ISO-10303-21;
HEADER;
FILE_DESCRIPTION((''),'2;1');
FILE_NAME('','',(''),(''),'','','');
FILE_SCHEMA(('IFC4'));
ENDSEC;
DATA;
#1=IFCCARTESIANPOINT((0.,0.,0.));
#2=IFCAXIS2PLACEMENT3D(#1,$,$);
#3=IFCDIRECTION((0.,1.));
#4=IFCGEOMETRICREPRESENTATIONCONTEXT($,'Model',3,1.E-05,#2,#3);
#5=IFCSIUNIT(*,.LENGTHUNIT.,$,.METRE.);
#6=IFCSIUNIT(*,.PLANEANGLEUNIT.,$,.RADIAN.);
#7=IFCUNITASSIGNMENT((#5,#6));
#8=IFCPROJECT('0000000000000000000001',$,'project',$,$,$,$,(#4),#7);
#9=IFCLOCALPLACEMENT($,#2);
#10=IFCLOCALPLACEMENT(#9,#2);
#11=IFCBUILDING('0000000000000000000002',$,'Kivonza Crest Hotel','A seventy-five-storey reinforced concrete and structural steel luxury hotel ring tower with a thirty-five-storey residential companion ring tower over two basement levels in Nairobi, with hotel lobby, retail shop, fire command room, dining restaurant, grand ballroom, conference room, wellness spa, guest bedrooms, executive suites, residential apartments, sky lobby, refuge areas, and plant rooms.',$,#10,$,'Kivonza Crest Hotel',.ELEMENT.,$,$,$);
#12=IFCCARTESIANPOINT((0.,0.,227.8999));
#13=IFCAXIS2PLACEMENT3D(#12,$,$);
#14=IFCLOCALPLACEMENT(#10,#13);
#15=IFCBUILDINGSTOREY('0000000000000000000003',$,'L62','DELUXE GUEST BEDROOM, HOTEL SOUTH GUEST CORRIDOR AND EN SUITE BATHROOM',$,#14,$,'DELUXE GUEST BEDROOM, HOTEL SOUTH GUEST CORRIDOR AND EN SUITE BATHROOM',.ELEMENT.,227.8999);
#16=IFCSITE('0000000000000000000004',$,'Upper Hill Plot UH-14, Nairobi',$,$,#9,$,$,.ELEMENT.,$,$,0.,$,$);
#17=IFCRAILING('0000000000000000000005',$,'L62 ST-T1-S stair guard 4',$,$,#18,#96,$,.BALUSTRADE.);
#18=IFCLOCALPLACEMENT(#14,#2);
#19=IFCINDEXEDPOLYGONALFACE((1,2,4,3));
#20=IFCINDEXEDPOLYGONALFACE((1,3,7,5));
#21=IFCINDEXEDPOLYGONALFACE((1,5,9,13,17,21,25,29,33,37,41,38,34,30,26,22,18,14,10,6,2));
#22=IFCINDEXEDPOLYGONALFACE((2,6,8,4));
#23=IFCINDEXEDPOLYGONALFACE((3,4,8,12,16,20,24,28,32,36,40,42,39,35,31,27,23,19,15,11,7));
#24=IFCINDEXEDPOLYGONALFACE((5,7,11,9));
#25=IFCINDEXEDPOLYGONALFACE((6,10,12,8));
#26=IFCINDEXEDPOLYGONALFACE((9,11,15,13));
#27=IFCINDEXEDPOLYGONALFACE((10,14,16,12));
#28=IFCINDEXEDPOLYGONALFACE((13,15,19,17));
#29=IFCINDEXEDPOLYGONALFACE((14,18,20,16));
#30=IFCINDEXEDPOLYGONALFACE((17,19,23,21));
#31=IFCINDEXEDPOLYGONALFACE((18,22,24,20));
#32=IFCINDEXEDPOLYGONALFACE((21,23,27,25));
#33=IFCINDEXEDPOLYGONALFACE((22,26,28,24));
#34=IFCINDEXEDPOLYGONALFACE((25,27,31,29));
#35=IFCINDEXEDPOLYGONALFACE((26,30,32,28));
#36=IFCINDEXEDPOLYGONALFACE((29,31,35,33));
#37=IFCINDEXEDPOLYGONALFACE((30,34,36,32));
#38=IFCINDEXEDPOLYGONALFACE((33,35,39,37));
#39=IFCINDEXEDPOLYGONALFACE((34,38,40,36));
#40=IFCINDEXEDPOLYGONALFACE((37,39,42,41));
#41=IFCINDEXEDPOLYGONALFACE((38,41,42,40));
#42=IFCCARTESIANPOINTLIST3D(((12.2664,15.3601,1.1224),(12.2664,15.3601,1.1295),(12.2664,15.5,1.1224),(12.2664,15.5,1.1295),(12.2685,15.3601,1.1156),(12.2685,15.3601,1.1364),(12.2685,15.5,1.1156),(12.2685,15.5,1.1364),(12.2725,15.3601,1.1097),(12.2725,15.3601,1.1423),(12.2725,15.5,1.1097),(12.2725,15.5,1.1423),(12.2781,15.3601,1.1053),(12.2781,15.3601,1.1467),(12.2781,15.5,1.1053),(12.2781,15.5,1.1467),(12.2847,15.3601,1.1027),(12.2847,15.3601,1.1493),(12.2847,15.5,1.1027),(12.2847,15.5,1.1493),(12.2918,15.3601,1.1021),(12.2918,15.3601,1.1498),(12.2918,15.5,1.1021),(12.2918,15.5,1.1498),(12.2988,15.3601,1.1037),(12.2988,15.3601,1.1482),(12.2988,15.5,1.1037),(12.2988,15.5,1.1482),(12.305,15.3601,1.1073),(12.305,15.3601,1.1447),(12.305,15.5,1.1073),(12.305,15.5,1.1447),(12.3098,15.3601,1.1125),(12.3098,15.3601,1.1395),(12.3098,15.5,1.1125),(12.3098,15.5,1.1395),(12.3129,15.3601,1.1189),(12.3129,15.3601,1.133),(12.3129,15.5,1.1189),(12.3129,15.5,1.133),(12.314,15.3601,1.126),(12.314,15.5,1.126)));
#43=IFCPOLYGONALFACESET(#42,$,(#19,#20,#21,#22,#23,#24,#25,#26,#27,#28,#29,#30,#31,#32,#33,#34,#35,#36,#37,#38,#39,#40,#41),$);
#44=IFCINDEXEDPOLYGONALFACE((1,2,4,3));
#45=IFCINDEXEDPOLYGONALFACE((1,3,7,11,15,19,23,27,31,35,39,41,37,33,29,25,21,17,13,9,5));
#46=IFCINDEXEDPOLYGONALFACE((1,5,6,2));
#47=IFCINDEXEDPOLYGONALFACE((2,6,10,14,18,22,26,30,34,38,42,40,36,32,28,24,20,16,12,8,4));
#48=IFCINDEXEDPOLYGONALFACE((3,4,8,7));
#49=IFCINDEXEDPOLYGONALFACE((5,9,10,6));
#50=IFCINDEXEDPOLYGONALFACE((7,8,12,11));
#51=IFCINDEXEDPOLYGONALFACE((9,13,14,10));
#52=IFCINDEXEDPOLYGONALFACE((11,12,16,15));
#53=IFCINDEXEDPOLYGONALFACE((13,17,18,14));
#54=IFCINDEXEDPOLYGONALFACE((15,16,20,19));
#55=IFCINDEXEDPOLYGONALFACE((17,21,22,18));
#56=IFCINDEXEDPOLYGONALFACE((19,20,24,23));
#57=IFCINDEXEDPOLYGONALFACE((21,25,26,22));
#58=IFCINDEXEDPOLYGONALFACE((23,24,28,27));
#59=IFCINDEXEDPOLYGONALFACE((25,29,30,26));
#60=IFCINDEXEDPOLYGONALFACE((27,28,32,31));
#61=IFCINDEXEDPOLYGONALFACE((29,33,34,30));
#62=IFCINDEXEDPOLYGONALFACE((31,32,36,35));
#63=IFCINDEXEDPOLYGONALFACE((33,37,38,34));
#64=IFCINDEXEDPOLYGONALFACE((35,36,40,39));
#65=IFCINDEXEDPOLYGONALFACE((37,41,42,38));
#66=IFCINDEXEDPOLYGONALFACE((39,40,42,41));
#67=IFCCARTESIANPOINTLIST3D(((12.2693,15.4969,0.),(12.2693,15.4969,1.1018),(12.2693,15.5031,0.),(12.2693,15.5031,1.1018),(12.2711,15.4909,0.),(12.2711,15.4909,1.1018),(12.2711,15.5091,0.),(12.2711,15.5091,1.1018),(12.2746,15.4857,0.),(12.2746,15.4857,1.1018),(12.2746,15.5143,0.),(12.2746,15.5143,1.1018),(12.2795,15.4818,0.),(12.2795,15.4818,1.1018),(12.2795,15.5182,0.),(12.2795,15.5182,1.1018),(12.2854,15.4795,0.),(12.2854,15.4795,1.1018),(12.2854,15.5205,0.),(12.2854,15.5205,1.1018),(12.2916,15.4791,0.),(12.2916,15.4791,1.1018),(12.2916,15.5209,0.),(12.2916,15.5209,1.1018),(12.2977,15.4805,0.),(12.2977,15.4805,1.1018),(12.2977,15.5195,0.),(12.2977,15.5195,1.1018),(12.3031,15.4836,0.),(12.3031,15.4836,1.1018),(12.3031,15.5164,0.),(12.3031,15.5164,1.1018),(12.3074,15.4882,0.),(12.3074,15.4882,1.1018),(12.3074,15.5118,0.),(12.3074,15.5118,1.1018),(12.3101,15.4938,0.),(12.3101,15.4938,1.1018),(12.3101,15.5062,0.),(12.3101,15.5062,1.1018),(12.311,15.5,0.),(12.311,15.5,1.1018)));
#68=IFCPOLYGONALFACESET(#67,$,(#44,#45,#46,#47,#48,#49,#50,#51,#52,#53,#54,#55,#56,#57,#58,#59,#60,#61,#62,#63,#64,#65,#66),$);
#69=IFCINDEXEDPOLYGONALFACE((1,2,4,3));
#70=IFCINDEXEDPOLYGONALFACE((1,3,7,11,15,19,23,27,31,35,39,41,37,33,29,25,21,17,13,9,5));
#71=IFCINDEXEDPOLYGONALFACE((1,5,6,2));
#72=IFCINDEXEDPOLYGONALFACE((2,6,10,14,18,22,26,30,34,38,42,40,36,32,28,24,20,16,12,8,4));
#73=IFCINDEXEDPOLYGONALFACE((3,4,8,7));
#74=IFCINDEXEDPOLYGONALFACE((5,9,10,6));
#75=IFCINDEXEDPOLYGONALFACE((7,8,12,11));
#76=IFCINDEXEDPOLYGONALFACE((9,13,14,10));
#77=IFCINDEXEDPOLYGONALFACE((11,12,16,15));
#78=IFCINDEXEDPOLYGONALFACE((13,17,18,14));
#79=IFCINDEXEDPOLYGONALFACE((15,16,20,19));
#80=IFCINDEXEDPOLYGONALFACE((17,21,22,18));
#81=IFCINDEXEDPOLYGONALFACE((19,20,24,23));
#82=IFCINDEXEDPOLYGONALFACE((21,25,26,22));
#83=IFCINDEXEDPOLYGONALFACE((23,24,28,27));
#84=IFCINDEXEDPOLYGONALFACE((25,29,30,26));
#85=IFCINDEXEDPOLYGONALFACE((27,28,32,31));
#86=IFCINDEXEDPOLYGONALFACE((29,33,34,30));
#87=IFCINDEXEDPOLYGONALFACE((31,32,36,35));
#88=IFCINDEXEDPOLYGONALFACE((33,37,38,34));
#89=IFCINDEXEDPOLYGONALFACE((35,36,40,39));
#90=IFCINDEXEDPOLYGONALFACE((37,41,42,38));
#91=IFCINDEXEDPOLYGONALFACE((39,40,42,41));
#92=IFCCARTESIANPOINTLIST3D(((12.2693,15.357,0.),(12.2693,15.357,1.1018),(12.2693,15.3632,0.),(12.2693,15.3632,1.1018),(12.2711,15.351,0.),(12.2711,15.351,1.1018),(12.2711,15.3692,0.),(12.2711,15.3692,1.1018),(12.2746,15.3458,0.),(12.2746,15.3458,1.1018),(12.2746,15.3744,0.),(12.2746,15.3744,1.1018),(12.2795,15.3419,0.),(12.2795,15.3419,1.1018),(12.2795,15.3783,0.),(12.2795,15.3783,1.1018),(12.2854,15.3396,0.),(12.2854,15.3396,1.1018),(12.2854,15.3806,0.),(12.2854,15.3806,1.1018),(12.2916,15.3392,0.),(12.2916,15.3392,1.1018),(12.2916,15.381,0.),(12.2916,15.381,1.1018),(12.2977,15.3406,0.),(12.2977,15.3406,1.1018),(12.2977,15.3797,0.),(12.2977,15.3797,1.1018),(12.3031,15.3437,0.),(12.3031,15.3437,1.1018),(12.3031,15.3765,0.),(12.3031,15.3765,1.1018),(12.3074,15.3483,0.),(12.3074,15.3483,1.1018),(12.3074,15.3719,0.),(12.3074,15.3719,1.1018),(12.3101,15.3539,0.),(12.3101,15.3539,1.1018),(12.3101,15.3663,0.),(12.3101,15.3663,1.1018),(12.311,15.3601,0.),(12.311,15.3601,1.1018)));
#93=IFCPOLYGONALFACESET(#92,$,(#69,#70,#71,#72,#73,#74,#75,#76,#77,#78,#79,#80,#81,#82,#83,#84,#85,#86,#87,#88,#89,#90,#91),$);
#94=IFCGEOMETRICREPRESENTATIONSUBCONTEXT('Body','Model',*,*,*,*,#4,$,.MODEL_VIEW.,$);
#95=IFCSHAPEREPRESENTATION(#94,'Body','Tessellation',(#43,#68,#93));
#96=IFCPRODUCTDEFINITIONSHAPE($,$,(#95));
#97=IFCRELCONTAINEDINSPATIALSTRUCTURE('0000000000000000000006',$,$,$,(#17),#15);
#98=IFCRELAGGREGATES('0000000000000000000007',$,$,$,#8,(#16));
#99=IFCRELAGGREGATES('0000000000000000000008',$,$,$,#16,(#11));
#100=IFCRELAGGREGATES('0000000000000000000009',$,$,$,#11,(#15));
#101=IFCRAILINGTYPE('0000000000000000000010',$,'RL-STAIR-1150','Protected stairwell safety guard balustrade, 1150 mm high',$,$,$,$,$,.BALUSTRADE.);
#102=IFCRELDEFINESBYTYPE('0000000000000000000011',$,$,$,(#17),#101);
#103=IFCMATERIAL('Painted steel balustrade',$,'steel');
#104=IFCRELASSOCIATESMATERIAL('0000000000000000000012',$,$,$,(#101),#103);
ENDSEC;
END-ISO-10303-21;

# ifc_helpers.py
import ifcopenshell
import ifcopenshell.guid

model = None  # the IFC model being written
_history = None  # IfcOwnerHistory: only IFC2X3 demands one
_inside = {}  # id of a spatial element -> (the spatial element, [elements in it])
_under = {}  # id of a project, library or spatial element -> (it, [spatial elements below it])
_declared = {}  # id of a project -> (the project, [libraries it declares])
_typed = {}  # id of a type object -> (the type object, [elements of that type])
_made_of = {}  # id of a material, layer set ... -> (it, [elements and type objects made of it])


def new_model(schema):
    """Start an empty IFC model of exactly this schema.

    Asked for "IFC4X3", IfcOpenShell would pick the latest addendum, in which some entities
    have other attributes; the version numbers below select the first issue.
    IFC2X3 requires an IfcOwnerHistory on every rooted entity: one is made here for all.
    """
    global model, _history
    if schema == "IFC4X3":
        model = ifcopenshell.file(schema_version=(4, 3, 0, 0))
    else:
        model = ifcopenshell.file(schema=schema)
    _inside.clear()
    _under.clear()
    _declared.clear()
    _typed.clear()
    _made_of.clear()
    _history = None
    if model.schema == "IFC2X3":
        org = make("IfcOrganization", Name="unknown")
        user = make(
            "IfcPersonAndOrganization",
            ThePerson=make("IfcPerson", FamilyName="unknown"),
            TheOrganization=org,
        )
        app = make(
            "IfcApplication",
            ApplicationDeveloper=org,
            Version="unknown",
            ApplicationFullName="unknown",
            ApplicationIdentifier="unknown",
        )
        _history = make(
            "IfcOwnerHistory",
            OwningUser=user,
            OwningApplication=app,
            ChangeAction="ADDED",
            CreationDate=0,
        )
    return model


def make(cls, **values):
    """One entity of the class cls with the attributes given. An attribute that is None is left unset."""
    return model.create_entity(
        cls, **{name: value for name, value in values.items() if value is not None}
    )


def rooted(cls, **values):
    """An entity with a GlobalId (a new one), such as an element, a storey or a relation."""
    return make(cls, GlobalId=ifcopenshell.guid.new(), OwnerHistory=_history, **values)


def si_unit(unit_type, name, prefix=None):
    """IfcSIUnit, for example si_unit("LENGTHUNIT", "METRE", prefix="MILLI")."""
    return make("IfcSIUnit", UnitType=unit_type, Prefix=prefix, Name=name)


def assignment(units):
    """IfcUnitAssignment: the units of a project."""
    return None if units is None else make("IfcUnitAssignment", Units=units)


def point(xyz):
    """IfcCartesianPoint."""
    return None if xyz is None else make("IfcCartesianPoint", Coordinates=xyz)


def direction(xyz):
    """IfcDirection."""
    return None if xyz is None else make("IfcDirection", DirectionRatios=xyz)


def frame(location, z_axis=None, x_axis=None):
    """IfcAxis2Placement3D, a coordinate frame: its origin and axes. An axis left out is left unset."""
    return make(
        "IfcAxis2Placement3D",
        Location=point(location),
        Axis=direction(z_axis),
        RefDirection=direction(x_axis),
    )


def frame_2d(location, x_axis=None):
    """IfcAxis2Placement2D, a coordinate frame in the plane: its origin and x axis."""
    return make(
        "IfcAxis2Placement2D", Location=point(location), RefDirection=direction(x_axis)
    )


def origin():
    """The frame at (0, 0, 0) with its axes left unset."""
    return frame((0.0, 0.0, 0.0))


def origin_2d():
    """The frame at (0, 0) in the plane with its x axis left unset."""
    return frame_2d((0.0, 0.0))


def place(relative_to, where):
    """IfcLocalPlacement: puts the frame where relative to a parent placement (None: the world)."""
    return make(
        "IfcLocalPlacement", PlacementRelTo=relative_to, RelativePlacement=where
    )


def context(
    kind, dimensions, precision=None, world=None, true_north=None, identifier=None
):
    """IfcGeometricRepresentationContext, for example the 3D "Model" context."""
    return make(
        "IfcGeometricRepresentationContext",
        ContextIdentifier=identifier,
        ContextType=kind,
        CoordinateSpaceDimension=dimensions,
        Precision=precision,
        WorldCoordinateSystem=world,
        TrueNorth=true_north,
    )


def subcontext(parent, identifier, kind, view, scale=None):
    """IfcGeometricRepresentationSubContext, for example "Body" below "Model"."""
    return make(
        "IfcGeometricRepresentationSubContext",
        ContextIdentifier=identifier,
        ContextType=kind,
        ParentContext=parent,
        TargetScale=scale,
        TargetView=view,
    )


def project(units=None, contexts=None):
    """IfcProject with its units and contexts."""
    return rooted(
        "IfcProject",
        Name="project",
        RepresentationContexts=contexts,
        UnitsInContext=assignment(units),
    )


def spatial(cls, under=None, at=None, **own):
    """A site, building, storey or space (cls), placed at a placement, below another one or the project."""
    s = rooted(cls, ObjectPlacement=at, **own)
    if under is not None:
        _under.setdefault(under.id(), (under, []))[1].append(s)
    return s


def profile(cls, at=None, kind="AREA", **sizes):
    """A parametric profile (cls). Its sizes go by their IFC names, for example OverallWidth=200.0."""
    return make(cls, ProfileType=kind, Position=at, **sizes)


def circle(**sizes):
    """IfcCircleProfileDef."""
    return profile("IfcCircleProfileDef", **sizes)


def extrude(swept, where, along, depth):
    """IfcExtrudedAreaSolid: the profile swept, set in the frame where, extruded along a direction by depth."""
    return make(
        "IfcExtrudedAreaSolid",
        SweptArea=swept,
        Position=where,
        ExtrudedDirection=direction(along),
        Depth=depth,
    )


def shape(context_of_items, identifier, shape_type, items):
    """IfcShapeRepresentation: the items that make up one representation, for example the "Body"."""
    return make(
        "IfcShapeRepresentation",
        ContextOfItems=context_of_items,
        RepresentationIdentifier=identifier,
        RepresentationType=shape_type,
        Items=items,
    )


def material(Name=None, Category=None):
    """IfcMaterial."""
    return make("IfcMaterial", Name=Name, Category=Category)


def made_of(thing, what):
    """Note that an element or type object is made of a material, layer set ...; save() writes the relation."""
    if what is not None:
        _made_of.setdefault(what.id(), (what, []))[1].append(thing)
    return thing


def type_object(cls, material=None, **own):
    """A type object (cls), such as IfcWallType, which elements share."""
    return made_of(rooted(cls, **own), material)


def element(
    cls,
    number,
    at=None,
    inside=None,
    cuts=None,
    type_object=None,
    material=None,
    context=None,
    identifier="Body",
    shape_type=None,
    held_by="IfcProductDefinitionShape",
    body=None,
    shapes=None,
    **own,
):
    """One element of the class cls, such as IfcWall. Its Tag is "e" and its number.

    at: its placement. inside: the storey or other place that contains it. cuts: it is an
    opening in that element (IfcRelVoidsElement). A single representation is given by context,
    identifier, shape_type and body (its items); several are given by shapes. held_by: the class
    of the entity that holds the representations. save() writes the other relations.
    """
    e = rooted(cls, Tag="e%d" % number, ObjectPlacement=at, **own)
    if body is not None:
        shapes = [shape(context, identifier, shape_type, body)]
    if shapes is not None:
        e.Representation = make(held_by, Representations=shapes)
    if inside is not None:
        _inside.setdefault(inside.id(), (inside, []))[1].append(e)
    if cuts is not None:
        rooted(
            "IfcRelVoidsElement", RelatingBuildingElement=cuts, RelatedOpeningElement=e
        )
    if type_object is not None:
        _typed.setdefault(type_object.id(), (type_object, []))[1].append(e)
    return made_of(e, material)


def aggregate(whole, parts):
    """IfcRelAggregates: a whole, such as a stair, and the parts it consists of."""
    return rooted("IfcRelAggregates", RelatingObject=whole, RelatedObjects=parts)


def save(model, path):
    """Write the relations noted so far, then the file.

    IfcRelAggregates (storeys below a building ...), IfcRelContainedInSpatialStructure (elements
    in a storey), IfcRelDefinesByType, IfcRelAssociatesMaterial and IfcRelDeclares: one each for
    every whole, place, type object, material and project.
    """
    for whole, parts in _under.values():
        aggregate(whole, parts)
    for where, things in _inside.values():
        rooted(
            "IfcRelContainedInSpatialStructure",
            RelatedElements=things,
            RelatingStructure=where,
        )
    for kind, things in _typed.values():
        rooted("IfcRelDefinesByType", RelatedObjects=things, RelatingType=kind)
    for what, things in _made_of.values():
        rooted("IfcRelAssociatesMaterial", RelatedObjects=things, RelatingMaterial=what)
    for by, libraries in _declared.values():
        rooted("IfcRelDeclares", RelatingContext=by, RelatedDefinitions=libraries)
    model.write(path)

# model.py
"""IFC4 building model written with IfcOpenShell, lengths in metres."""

from ifc_helpers import new_model, si_unit, direction, frame, origin, origin_2d, place, context, subcontext, project, spatial, circle, extrude, material, type_object, element, save


model = new_model("IFC4")

# Units and contexts
model_context = context("Model", 3, precision=1e-05, world=origin(), true_north=direction((0.0, 1.0)))
body_context = subcontext(model_context, "Body", "Model", "MODEL_VIEW")
ifc_project = project(units=[si_unit("LENGTHUNIT", "METRE"), si_unit("PLANEANGLEUNIT", "RADIAN")], contexts=[model_context])

# Site, building, storey
site_placement = place(None, origin())
site = spatial("IfcSite", under=ifc_project, at=site_placement, Name="Upper Hill Plot UH-14, Nairobi", CompositionType="ELEMENT", RefElevation=0.0)
building_placement = place(site_placement, origin())
building = spatial("IfcBuilding", under=site, at=building_placement, Name="Kivonza Crest Hotel", Description="A seventy-five-storey reinforced concrete and structural steel luxury hotel ring tower with a thirty-five-storey residential companion ring tower over two basement levels in Nairobi, with hotel lobby, retail shop, fire command room, dining restaurant, grand ballroom, conference room, wellness spa, guest bedrooms, executive suites, residential apartments, sky lobby, refuge areas, and plant rooms.", LongName="Kivonza Crest Hotel", CompositionType="ELEMENT")
storey_placement = place(building_placement, frame((0.0, 0.0, 227.8999)))
storey = spatial("IfcBuildingStorey", under=building, at=storey_placement, Name="L62", Description="DELUXE GUEST BEDROOM, HOTEL SOUTH GUEST CORRIDOR AND EN SUITE BATHROOM", LongName="DELUXE GUEST BEDROOM, HOTEL SOUTH GUEST CORRIDOR AND EN SUITE BATHROOM", CompositionType="ELEMENT", Elevation=227.8999)

# Railing
ifc_material_1 = material(Name="Painted steel balustrade", Category="steel")
railing_type_1 = type_object("IfcRailingType", Name="RL-STAIR-1150", Description="Protected stairwell safety guard balustrade, 1150 mm high", PredefinedType="BALUSTRADE", material=ifc_material_1)
railing_1_placement = place(storey_placement, frame((12.29, 15.5, 0.0)))
element("IfcRailing", 1, at=railing_1_placement, inside=storey, type_object=railing_type_1, Name="L62 ST-T1-S stair guard 4", PredefinedType="BALUSTRADE", context=body_context, shape_type="SweptSolid", body=[
    extrude(circle(Radius=0.0239, at=origin_2d()), frame((0.0, 0.0, 1.126), z_axis=(0.0, -1.0, 0.0), x_axis=(1.0, 0.0, 0.0)), (0.0, 0.0, 1.0), 0.1399),
    extrude(circle(Radius=0.021, at=origin_2d()), origin(), (0.0, 0.0, 1.0), 1.1018),
    extrude(circle(Radius=0.021, at=origin_2d()), frame((0.0, -0.1399, 0.0)), (0.0, 0.0, 1.0), 1.1018),
])

save(model, "model.ifc")
